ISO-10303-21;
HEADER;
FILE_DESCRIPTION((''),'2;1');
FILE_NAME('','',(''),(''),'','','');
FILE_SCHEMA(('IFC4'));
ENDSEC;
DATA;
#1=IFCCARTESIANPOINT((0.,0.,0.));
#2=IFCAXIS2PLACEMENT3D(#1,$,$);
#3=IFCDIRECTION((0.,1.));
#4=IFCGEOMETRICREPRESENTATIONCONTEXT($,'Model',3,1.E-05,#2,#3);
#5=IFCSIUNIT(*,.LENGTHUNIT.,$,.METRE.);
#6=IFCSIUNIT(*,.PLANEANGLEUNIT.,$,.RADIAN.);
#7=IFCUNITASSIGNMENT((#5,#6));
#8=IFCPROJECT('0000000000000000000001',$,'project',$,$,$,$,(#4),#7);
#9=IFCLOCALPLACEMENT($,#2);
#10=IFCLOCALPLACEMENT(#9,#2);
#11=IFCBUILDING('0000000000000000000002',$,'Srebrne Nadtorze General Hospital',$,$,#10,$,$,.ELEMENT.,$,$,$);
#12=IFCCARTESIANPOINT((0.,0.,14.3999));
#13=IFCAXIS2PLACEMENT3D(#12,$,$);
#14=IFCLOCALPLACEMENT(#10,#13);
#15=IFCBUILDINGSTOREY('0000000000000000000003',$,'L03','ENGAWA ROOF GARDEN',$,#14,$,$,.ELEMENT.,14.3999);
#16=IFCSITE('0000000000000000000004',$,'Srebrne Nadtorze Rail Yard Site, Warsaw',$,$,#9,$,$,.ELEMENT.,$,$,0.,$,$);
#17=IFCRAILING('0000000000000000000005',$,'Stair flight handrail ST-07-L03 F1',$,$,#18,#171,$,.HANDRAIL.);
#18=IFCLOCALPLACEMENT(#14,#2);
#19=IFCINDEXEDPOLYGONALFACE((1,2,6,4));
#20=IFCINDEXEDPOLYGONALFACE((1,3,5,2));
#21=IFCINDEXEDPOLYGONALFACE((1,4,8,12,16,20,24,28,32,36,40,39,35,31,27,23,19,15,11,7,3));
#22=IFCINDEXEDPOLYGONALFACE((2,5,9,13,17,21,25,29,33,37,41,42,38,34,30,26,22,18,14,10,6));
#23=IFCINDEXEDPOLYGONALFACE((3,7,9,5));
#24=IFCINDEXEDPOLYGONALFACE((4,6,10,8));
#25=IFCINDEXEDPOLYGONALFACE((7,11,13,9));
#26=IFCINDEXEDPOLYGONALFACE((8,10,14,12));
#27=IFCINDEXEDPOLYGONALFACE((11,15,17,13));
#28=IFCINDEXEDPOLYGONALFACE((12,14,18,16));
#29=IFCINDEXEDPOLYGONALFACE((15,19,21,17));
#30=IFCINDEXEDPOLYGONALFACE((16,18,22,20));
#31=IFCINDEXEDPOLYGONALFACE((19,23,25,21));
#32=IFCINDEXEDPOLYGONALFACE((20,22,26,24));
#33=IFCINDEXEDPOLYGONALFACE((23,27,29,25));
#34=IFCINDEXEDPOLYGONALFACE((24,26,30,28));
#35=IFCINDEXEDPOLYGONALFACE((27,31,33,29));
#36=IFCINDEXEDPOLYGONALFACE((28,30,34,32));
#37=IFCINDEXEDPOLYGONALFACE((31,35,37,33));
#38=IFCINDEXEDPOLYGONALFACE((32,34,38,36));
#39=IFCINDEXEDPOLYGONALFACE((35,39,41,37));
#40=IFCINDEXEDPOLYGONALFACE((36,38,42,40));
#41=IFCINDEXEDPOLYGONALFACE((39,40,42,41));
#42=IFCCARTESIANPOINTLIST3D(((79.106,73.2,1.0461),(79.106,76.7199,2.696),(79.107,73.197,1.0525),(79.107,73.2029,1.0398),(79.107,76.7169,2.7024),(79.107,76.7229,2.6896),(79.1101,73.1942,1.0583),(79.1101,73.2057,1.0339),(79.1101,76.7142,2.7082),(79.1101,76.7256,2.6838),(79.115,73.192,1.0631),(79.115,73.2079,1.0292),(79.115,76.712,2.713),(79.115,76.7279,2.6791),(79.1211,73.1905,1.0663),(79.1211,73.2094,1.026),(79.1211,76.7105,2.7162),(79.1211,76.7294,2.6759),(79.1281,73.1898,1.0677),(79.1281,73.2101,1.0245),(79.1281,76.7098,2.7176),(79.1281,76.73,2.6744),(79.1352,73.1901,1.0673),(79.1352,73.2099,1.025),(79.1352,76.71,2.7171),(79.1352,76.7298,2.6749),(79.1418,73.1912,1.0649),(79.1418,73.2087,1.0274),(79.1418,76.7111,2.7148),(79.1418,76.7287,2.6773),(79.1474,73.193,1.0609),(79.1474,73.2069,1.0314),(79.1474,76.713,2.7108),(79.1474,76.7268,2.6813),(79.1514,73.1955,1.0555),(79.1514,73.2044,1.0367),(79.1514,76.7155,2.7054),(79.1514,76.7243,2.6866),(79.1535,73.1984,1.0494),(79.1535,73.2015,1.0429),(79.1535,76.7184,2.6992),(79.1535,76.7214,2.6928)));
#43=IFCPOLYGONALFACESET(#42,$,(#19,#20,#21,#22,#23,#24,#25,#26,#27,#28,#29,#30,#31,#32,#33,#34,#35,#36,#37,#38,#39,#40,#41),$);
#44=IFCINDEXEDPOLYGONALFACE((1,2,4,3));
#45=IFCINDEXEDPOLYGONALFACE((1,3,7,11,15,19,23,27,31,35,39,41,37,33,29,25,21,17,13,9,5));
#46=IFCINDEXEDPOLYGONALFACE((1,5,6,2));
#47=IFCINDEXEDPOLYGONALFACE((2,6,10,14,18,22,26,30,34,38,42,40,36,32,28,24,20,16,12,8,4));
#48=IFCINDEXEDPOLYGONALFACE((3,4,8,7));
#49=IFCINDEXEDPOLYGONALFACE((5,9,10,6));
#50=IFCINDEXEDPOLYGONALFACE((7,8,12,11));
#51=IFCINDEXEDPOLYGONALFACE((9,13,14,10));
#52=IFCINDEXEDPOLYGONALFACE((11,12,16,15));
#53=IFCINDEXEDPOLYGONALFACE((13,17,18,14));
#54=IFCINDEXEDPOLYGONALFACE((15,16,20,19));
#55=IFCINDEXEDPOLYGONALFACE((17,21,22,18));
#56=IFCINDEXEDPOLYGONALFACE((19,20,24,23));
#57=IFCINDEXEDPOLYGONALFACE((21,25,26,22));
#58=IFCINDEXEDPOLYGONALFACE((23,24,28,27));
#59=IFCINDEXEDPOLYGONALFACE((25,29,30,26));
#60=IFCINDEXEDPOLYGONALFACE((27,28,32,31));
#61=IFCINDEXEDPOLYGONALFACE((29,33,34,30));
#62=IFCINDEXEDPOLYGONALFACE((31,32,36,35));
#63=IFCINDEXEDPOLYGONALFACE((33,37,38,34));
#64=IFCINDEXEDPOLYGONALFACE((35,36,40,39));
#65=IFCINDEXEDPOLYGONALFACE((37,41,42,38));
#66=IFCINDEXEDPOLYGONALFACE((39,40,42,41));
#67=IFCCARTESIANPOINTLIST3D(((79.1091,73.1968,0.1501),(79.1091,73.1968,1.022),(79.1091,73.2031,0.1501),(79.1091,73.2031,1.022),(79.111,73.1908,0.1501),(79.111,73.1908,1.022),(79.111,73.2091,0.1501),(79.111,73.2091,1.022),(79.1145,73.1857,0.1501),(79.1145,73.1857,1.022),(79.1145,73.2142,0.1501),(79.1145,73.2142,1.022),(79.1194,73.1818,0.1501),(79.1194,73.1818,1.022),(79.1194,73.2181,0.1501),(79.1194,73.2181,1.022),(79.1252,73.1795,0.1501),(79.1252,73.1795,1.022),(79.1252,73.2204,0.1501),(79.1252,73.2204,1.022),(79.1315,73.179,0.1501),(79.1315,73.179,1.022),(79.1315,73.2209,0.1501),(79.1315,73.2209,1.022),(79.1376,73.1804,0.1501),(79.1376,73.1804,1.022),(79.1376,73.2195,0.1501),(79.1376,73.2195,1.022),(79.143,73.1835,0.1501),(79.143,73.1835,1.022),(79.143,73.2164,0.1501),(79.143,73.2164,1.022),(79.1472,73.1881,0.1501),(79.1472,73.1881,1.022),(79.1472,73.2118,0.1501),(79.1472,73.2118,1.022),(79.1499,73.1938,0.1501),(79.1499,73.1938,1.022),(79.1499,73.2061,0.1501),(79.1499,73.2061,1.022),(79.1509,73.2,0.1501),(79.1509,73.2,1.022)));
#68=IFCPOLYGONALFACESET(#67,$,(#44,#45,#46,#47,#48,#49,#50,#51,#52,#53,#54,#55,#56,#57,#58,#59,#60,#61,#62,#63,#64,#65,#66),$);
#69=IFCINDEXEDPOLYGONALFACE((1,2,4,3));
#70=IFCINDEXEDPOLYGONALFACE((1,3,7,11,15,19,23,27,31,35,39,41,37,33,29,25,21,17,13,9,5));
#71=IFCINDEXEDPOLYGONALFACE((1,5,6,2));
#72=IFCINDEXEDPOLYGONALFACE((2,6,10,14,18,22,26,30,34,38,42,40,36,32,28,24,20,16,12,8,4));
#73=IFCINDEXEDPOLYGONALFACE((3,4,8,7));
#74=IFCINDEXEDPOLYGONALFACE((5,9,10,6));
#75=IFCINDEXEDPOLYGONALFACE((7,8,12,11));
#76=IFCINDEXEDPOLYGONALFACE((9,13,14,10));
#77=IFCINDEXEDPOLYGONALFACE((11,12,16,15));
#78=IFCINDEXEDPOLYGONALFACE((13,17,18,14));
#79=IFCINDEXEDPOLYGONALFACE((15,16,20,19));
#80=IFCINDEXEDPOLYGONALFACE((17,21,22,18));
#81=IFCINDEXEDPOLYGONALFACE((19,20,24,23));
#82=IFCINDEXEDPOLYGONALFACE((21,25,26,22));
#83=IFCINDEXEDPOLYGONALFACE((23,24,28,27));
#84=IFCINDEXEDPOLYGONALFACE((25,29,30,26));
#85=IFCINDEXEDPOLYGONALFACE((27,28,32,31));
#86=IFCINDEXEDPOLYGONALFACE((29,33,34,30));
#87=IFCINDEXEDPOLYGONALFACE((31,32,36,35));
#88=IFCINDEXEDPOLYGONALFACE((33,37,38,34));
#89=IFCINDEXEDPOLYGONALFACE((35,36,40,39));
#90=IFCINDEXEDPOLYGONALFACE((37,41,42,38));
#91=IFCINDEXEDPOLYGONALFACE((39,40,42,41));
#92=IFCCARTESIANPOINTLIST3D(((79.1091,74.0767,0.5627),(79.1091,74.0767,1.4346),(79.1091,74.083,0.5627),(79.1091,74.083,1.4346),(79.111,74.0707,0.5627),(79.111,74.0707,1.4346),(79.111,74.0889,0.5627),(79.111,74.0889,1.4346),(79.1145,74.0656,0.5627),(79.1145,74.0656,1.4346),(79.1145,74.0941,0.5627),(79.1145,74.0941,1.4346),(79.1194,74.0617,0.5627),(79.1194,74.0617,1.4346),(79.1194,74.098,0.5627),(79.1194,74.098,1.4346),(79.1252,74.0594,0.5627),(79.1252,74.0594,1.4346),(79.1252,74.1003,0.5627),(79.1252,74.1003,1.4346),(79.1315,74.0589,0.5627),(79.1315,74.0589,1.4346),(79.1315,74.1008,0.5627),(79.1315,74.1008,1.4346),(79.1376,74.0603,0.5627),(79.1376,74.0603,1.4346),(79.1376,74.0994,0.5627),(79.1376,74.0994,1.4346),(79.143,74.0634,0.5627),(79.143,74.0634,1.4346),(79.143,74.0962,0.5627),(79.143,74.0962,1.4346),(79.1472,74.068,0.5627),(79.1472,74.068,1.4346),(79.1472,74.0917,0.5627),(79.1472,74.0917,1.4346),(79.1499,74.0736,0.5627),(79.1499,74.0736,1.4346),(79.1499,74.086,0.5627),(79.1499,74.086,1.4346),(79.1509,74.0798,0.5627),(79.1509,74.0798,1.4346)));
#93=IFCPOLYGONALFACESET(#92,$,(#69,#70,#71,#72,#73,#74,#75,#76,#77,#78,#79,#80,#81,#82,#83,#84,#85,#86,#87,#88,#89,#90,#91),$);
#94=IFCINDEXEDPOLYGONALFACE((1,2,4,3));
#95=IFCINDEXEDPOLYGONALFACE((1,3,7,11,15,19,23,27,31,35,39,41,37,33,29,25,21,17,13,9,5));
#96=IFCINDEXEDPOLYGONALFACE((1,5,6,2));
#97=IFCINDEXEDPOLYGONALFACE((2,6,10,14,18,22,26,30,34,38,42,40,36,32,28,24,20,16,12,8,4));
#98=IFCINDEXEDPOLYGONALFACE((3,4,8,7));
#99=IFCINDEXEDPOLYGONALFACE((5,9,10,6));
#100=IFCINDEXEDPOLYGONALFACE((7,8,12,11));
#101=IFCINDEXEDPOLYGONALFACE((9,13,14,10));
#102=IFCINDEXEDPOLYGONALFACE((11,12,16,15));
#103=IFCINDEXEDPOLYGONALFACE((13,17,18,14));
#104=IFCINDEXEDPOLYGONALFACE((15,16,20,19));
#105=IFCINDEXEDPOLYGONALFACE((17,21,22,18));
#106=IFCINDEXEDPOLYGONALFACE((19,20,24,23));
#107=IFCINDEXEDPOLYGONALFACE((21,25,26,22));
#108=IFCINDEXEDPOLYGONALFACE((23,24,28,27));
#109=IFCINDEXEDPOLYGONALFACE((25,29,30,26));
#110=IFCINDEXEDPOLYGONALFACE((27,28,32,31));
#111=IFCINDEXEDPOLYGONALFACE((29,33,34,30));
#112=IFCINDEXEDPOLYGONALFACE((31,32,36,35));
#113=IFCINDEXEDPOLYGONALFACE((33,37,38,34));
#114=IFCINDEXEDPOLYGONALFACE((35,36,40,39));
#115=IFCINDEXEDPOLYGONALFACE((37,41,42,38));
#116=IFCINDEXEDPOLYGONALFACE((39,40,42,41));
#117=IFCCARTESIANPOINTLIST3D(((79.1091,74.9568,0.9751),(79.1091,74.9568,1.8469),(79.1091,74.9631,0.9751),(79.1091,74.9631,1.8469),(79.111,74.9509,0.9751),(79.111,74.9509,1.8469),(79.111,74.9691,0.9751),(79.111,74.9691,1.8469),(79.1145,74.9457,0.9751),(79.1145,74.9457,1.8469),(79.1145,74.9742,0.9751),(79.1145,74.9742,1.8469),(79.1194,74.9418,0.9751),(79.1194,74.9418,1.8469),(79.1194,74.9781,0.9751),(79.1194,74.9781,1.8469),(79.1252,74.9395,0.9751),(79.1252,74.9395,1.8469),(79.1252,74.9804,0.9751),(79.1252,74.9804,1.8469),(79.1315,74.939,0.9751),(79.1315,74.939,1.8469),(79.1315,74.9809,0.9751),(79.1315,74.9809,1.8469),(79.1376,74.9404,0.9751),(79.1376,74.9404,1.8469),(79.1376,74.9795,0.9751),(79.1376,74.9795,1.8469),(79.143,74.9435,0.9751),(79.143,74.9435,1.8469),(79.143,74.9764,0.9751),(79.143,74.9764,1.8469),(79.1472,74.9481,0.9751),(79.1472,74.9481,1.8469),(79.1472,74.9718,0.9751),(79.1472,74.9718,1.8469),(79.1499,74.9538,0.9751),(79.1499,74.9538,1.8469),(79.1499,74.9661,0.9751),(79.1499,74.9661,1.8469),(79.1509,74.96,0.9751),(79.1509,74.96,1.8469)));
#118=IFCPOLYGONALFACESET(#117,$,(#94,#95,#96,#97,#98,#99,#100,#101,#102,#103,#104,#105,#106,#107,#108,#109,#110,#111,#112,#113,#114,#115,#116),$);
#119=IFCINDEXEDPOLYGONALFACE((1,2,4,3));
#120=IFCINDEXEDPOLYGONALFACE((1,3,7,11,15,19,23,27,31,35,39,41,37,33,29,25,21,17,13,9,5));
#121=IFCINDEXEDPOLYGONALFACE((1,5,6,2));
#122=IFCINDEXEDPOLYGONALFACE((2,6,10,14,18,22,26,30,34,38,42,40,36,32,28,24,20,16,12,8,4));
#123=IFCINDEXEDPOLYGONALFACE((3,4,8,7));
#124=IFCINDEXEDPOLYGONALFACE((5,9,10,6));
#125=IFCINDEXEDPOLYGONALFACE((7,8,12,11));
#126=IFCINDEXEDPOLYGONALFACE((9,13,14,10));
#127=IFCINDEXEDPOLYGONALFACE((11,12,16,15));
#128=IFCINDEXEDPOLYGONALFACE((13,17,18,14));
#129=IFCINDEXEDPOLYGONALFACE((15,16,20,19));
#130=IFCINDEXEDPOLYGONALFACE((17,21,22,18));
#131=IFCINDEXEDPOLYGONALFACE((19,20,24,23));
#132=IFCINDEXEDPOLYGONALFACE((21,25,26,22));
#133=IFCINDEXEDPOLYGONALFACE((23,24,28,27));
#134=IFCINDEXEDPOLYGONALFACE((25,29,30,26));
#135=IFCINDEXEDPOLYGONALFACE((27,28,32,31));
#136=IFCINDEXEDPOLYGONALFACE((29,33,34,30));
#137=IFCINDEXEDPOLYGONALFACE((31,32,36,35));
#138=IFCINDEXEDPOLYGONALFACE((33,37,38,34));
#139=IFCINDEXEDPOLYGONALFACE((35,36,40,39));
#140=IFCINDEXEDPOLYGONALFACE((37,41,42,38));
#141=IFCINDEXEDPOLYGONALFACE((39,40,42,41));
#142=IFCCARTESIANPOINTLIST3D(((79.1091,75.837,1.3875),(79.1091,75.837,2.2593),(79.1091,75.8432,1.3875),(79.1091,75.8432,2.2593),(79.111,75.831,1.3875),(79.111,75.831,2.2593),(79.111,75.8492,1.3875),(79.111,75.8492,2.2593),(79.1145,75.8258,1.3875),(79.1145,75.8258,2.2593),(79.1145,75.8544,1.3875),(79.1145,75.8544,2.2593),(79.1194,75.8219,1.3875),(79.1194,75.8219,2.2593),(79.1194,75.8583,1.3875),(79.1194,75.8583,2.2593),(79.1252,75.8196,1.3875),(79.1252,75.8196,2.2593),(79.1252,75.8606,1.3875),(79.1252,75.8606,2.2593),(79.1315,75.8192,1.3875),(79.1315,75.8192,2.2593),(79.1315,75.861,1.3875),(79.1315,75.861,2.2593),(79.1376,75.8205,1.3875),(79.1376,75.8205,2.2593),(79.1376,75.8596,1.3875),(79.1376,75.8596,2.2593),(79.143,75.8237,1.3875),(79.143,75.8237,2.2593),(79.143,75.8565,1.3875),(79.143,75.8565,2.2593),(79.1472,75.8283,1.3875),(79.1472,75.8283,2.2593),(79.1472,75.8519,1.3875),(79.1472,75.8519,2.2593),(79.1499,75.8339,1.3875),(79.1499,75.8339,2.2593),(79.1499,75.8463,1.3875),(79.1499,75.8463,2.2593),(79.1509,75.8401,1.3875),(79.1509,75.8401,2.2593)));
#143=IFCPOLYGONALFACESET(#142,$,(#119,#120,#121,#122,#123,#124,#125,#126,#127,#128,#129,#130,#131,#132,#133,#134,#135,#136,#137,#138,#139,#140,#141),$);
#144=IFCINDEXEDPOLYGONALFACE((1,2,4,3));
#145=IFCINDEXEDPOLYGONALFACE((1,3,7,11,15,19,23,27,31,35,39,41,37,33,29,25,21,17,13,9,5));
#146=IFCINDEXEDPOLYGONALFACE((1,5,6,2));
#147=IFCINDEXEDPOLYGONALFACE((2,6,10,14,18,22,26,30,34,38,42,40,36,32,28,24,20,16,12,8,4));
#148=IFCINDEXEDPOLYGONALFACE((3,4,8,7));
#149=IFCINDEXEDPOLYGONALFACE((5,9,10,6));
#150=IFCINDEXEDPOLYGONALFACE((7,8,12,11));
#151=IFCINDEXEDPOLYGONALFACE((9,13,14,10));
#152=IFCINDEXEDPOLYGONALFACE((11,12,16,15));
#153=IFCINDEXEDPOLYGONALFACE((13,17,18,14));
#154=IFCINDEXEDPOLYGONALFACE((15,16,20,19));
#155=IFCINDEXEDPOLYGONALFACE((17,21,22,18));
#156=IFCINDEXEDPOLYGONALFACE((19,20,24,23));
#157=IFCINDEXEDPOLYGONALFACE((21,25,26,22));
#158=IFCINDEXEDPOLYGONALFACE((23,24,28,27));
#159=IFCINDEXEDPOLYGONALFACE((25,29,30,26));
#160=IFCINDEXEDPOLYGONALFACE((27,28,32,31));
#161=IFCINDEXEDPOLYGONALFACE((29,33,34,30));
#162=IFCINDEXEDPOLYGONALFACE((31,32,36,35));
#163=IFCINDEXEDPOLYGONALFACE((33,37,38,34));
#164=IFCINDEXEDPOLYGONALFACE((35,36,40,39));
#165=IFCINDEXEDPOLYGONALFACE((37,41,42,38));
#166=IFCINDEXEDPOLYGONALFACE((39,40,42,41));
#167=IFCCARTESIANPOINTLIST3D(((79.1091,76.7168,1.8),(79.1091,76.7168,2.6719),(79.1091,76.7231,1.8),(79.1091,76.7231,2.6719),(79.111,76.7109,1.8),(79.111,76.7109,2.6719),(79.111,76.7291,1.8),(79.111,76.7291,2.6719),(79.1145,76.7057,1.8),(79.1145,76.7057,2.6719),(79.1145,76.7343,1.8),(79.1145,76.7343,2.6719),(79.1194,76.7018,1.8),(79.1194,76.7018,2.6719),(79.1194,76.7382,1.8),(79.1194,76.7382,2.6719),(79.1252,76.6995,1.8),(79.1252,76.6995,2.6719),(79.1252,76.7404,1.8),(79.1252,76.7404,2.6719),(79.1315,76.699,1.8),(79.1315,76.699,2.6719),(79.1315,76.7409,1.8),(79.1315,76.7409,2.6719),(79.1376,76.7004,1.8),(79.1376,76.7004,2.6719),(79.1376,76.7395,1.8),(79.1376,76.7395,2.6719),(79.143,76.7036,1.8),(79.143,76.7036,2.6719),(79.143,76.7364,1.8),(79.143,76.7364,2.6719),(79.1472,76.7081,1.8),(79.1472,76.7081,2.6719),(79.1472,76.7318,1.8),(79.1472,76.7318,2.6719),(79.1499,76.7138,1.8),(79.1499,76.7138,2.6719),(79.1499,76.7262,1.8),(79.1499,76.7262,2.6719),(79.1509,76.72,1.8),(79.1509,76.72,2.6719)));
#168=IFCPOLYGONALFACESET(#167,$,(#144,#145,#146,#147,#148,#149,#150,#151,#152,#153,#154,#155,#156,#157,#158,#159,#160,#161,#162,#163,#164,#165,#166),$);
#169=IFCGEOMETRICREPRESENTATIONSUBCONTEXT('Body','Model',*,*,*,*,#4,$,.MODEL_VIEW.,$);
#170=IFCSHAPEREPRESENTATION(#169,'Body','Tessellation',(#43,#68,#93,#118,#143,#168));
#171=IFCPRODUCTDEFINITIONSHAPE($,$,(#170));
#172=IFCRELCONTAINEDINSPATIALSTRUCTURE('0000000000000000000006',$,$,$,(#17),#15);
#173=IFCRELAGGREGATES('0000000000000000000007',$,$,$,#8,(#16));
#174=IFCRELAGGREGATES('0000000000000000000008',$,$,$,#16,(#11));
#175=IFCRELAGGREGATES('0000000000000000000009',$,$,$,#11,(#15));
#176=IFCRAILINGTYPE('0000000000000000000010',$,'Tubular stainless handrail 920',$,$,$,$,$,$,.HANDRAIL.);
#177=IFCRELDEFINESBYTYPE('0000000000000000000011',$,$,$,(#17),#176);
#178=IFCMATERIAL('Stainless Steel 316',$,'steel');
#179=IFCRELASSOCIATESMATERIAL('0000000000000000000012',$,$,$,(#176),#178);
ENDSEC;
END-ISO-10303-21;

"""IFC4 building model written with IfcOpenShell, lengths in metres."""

from ifc_helpers import new_model, si_unit, direction, frame, origin, origin_2d, place, context, subcontext, project, spatial, circle, extrude, material, type_object, element, save


model = new_model("IFC4")

# Units and contexts
model_context = context("Model", 3, precision=1e-05, world=origin(), true_north=direction((0.0, 1.0)))
body_context = subcontext(model_context, "Body", "Model", "MODEL_VIEW")
ifc_project = project(units=[si_unit("LENGTHUNIT", "METRE"), si_unit("PLANEANGLEUNIT", "RADIAN")], contexts=[model_context])

# Site, building, storey
site_placement = place(None, origin())
site = spatial("IfcSite", under=ifc_project, at=site_placement, Name="Srebrne Nadtorze Rail Yard Site, Warsaw", CompositionType="ELEMENT", RefElevation=0.0)
building_placement = place(site_placement, origin())
building = spatial("IfcBuilding", under=site, at=building_placement, Name="Srebrne Nadtorze General Hospital", CompositionType="ELEMENT")
storey_placement = place(building_placement, frame((0.0, 0.0, 14.3999)))
storey = spatial("IfcBuildingStorey", under=building, at=storey_placement, Name="L03", Description="ENGAWA ROOF GARDEN", CompositionType="ELEMENT", Elevation=14.3999)

# Railing
ifc_material_1 = material(Name="Stainless Steel 316", Category="steel")
railing_type = type_object("IfcRailingType", Name="Tubular stainless handrail 920", PredefinedType="HANDRAIL", material=ifc_material_1)
railing_1_placement = place(storey_placement, frame((79.1299, 73.2, 0.1501)))
element("IfcRailing", 1, at=railing_1_placement, inside=storey, type_object=railing_type, Name="Stair flight handrail ST-07-L03 F1", PredefinedType="HANDRAIL", context=body_context, shape_type="SweptSolid", body=[
    extrude(circle(Radius=0.0239, at=origin_2d()), frame((0.0, 0.0, 0.896), z_axis=(0.0, 0.905469, 0.424411), x_axis=(-1.0, 0.0, 0.0)), (0.0, 0.0, 1.0), 3.8875),
    extrude(circle(Radius=0.021, at=origin_2d()), origin(), (0.0, 0.0, 1.0), 0.8718),
    extrude(circle(Radius=0.021, at=origin_2d()), frame((0.0, 0.8799, 0.4126)), (0.0, 0.0, 1.0), 0.8718),
    extrude(circle(Radius=0.021, at=origin_2d()), frame((0.0, 1.76, 0.825)), (0.0, 0.0, 1.0), 0.8718),
    extrude(circle(Radius=0.021, at=origin_2d()), frame((0.0, 2.6401, 1.2373)), (0.0, 0.0, 1.0), 0.8718),
    extrude(circle(Radius=0.021, at=origin_2d()), frame((0.0, 3.52, 1.6499)), (0.0, 0.0, 1.0), 0.8718),
])

save(model, "model.ifc")
